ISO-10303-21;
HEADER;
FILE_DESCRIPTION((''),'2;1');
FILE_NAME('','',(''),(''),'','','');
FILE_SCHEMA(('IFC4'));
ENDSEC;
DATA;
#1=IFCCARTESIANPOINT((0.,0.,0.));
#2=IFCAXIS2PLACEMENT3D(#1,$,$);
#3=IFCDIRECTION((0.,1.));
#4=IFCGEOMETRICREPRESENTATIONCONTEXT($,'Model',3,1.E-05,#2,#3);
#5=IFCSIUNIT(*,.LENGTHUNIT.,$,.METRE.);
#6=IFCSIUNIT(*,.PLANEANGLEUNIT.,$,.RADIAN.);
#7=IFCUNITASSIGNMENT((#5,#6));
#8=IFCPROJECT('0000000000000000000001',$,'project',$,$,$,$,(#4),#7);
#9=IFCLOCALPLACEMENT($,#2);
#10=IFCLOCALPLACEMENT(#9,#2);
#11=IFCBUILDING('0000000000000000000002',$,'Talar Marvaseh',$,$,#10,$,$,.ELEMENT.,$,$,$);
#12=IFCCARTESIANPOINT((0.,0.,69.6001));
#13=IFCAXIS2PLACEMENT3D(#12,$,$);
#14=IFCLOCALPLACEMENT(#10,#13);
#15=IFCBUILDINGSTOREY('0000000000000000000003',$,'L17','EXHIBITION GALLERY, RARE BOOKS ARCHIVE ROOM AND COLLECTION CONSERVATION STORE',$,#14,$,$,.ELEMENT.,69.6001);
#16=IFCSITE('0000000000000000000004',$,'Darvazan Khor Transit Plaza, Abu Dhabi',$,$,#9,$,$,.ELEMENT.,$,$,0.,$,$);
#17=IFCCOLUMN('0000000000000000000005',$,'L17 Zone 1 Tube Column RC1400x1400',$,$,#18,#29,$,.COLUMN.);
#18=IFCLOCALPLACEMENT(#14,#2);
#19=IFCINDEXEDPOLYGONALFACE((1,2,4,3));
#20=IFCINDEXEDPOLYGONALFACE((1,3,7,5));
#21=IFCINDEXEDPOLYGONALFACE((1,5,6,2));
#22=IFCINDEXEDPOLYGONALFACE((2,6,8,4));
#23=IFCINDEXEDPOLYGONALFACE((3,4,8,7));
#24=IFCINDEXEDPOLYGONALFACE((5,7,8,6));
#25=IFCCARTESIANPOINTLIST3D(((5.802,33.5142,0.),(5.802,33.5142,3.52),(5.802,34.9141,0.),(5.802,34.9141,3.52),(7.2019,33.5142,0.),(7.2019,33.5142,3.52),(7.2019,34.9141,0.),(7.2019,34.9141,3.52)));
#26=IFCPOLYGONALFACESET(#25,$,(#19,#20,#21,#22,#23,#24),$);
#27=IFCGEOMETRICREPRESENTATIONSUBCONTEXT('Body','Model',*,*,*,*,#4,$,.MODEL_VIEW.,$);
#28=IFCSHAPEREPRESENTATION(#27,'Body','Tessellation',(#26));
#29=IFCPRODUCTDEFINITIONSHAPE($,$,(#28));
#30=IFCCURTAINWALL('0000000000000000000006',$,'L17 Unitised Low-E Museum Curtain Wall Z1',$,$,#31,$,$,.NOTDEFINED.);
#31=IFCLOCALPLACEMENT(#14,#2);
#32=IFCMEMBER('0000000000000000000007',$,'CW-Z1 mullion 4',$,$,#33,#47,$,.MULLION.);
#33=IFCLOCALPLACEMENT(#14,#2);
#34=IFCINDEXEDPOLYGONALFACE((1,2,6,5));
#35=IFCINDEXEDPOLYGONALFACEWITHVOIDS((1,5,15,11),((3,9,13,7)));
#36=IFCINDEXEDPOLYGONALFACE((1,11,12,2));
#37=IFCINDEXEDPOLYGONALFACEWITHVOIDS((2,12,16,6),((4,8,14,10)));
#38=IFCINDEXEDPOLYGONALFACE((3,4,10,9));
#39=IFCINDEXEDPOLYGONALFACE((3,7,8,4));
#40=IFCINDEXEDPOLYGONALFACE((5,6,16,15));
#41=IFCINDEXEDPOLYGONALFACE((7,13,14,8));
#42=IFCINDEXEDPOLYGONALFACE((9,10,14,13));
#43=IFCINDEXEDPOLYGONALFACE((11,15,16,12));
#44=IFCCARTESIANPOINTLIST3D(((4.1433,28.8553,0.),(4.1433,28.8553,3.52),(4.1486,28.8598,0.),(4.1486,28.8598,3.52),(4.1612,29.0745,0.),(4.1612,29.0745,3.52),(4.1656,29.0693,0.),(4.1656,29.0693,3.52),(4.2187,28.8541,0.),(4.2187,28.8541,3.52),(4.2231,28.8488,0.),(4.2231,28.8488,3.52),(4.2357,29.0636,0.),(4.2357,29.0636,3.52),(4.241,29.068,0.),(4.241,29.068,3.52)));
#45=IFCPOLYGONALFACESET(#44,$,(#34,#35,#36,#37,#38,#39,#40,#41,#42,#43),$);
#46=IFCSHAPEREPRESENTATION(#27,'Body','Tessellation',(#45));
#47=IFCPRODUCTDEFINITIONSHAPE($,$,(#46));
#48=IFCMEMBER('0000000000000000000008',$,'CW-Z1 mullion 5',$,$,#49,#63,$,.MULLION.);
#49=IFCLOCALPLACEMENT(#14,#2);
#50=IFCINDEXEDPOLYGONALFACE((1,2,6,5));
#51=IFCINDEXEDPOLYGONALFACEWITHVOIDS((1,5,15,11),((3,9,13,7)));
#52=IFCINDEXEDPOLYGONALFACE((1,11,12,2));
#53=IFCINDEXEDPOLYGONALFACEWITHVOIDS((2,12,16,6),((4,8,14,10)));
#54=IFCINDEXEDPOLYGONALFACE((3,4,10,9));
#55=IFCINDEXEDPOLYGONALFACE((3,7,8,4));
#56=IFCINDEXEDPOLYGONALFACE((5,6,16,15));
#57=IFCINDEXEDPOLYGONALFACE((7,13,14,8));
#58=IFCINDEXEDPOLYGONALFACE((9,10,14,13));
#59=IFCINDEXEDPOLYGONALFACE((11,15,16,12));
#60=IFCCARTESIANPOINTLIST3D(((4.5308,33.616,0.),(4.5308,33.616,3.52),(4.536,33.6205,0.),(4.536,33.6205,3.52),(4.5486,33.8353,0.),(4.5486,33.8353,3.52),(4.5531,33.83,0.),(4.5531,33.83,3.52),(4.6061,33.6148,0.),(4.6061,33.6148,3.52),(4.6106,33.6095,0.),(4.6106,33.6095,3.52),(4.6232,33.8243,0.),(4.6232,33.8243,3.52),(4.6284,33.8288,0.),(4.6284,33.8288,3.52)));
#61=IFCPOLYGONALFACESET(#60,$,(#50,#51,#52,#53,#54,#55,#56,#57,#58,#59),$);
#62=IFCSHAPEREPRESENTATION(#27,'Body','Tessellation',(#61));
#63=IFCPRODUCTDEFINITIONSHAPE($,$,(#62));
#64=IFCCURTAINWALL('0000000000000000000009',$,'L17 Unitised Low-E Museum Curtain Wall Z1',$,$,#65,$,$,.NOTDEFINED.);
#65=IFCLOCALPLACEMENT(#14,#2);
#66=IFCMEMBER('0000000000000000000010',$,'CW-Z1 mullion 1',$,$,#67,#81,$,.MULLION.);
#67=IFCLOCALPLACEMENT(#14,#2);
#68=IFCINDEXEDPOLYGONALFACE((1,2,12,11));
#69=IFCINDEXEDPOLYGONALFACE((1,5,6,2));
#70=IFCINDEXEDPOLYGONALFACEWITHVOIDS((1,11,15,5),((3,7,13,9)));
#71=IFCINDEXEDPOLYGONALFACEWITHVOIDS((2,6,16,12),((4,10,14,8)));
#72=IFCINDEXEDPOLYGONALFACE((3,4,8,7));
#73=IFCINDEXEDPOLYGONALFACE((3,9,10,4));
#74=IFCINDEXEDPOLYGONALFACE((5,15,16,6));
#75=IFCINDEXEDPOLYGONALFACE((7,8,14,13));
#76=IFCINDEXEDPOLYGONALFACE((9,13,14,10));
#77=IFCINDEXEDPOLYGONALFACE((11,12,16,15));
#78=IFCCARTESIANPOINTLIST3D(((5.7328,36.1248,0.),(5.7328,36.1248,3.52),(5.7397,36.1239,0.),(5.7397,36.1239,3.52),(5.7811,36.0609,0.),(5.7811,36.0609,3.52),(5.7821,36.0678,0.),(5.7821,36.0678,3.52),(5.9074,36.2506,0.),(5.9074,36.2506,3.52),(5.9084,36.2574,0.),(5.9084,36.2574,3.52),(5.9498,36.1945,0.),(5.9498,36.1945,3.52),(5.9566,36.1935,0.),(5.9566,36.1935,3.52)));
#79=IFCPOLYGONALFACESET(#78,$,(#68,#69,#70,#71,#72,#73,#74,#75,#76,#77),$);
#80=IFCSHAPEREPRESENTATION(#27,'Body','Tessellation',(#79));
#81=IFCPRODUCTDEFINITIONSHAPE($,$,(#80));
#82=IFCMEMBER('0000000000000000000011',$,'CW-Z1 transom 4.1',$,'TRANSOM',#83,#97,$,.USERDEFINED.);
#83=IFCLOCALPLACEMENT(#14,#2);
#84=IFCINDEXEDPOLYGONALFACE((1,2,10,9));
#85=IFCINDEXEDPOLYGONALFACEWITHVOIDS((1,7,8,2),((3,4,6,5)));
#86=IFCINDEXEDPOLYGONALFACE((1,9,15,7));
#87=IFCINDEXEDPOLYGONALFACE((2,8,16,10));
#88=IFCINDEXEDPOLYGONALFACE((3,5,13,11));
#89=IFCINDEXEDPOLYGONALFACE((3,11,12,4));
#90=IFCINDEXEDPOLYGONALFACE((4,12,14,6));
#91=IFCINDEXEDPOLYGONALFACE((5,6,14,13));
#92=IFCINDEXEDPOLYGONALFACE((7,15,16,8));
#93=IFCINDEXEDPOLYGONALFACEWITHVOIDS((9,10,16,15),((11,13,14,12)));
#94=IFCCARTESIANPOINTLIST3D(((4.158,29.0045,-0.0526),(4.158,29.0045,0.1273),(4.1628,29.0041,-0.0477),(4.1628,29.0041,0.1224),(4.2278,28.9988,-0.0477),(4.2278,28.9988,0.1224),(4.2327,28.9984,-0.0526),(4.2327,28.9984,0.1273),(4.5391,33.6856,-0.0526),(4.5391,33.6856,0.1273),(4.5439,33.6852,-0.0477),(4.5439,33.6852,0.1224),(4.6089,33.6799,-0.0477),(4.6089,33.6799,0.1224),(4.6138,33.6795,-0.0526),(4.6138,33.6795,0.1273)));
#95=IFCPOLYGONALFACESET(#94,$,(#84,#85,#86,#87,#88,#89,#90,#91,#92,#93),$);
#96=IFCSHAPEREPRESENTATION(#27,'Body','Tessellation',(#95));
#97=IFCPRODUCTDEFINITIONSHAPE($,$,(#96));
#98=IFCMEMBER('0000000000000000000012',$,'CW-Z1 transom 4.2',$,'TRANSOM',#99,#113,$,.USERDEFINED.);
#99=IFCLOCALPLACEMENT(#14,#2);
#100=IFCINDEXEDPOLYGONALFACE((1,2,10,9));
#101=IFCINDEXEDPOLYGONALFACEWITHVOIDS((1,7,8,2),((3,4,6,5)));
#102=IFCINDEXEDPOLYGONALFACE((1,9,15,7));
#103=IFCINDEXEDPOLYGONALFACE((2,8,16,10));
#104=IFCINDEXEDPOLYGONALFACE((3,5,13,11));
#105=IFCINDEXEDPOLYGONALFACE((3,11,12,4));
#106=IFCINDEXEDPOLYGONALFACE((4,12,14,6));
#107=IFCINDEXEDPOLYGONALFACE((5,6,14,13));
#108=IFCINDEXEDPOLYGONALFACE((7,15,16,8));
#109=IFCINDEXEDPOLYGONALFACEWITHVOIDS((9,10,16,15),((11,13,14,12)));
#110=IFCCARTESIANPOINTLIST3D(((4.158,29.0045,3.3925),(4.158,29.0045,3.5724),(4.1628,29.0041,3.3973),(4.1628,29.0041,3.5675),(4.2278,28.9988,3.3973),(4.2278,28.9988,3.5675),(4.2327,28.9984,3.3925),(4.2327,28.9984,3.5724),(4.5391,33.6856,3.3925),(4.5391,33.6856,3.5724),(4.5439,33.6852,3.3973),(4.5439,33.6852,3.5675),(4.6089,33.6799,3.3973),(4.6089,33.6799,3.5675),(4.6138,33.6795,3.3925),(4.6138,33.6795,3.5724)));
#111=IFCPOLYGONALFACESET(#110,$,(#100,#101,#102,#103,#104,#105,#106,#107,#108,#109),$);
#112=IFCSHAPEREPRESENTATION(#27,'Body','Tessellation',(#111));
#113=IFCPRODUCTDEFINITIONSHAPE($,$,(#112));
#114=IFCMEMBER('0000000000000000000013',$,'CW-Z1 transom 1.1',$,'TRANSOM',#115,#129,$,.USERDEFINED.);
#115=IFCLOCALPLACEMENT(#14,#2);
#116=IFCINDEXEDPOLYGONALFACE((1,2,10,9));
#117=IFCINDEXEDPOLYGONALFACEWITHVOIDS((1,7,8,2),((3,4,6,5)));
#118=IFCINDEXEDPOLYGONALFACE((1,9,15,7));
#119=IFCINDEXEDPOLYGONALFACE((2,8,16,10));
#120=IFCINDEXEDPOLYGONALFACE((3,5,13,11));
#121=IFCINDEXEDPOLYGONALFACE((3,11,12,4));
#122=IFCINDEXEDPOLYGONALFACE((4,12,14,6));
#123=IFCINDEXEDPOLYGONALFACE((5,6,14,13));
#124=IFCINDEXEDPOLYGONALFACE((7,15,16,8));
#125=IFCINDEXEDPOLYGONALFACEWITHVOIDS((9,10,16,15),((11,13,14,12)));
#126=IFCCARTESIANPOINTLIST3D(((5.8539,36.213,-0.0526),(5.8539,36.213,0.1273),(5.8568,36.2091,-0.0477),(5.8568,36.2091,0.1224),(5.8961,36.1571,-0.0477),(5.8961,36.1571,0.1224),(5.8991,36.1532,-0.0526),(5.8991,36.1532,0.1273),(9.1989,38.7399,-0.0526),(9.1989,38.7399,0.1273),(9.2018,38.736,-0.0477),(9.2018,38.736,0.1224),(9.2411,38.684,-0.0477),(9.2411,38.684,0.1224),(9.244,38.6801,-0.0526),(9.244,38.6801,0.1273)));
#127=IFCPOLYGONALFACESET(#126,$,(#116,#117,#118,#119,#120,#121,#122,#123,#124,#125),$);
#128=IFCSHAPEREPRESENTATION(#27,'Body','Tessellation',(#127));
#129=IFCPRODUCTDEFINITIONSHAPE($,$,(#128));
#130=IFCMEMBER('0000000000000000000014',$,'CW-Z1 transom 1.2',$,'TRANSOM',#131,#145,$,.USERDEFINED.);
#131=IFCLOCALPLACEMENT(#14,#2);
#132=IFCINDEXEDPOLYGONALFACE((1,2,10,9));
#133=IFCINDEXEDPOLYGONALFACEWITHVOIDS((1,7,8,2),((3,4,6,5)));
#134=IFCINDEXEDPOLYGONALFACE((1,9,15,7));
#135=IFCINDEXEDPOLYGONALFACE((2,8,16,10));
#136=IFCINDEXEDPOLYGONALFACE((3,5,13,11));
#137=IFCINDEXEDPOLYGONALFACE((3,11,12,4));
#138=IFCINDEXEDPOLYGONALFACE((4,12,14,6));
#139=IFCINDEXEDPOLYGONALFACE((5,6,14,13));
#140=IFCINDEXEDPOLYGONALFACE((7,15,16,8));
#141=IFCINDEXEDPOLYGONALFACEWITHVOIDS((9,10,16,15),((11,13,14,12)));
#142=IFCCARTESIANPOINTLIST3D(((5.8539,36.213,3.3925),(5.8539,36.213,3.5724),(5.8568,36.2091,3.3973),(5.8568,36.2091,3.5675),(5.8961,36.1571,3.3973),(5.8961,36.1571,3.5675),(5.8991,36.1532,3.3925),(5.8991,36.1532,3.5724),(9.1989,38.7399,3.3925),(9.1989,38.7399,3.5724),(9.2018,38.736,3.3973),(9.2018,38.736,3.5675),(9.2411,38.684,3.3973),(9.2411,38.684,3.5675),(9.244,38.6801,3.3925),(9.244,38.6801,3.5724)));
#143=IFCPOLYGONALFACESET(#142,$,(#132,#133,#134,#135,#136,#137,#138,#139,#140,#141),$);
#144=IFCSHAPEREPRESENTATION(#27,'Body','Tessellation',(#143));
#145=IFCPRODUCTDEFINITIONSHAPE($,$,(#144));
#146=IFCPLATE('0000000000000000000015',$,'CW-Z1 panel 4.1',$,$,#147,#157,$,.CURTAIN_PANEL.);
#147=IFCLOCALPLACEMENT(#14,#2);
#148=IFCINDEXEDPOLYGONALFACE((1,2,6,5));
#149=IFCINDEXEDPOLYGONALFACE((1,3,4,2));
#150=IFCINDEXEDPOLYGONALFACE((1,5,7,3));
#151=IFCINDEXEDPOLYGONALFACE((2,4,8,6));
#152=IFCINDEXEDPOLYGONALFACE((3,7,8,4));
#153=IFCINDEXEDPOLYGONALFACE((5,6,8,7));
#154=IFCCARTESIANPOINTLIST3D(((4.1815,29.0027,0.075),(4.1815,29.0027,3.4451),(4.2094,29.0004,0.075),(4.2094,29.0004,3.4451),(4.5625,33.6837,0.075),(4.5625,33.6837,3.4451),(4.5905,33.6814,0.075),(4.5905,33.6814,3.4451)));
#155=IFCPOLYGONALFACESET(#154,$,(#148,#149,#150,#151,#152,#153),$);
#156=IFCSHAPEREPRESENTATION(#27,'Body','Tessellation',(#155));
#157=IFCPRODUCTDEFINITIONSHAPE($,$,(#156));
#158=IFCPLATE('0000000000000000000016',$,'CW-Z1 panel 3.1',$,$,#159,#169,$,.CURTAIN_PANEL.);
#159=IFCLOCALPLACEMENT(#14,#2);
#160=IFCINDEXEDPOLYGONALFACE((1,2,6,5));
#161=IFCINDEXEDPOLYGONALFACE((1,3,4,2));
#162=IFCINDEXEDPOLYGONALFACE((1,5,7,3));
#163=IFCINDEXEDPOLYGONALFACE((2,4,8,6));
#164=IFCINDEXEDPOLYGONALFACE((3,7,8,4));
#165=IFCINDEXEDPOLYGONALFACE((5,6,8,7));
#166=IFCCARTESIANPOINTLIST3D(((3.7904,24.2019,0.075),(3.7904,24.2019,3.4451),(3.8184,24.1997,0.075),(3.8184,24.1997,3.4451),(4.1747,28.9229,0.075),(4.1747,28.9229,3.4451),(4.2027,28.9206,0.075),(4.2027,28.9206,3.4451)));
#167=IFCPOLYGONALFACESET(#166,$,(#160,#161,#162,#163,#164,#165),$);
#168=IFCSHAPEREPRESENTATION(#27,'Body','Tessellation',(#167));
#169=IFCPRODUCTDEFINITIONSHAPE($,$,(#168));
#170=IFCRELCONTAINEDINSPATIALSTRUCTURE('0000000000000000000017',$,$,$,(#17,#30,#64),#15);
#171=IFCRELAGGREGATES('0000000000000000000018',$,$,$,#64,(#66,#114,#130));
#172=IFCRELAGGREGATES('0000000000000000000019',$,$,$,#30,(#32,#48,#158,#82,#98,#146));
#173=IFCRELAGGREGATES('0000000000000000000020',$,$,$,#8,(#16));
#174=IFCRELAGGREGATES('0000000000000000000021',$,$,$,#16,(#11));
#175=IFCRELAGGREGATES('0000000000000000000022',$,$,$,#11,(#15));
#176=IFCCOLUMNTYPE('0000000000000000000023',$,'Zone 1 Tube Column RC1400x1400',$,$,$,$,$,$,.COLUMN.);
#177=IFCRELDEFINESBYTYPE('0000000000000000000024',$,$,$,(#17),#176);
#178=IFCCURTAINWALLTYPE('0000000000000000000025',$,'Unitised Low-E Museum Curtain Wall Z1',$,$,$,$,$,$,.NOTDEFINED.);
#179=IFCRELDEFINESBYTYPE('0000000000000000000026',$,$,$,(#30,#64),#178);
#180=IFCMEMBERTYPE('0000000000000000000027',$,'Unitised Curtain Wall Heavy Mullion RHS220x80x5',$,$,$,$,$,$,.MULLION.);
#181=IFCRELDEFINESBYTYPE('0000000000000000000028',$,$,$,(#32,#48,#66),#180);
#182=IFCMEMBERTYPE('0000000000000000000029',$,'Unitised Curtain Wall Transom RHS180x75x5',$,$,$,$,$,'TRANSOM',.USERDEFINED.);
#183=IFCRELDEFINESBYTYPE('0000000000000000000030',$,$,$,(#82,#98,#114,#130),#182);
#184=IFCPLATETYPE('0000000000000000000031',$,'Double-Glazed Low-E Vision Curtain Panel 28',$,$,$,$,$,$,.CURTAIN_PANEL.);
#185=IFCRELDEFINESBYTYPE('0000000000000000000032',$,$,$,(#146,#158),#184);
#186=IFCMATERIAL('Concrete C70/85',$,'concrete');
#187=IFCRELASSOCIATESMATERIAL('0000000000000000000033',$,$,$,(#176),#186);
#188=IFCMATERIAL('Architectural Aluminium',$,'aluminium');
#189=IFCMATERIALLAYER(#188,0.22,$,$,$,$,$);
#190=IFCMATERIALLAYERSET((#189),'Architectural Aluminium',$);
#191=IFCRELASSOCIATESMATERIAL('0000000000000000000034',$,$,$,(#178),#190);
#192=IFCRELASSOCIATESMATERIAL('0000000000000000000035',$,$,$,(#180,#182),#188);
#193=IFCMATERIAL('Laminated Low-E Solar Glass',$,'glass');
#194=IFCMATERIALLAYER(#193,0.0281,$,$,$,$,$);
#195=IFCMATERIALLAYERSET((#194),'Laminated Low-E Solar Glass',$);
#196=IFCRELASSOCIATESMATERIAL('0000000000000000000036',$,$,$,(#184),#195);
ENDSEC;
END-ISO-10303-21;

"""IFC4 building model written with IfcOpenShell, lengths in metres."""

from ifc_helpers import new_model, si_unit, direction, frame, origin, origin_2d, place, context, subcontext, project, spatial, rectangle, hollow_rectangle, extrude, source, transform, mapped, material, layer, layer_set, material_profile, profile_set, type_object, type_shapes, element, aggregate, save


model = new_model("IFC4")

# Units and contexts
model_context = context("Model", 3, precision=1e-05, world=origin(), true_north=direction((0.0, 1.0)))
body_context = subcontext(model_context, "Body", "Model", "MODEL_VIEW")
ifc_project = project(units=[si_unit("LENGTHUNIT", "METRE"), si_unit("PLANEANGLEUNIT", "RADIAN")], contexts=[model_context])

# Site, building, storey
site_placement = place(None, origin())
site = spatial("IfcSite", under=ifc_project, at=site_placement, Name="Darvazan Khor Transit Plaza, Abu Dhabi", CompositionType="ELEMENT", RefElevation=0.0)
building_placement = place(site_placement, origin())
building = spatial("IfcBuilding", under=site, at=building_placement, Name="Talar Marvaseh", CompositionType="ELEMENT")
storey_placement = place(building_placement, frame((0.0, 0.0, 69.6001)))
storey = spatial("IfcBuildingStorey", under=building, at=storey_placement, Name="L17", Description="EXHIBITION GALLERY, RARE BOOKS ARCHIVE ROOM AND COLLECTION CONSERVATION STORE", CompositionType="ELEMENT", Elevation=69.6001)

# Column
ifc_material_1 = material(Name="Concrete C70/85", Category="concrete")
ifc_material_profile_1 = material_profile(ifc_material_1, rectangle(XDim=1.3999, YDim=1.3999, at=origin_2d()), Name="RC1400x1400")
ifc_profile_set_1 = profile_set([ifc_material_profile_1], Name="Concrete C70/85")
column_type = type_object("IfcColumnType", Name="Zone 1 Tube Column RC1400x1400", PredefinedType="COLUMN", material=ifc_profile_set_1)
column_placement = place(storey_placement, frame((6.502, 34.2141, 0.0), z_axis=(0.0, 0.0, 1.0), x_axis=(1.0, 0.0, 0.0)))
element("IfcColumn", 1, at=column_placement, inside=storey, type_object=column_type, Name="L17 Zone 1 Tube Column RC1400x1400", PredefinedType="COLUMN", context=body_context, shape_type="SweptSolid", body=[
    extrude(rectangle(XDim=1.3999, YDim=1.3999, at=origin_2d()), origin(), (0.0, 0.0, 1.0), 3.52),
])

# Curtain wall, members
ifc_material_2 = material(Name="Architectural Aluminium", Category="aluminium")
ifc_layer_1 = layer(ifc_material_2, 0.22)
ifc_layer_set_1 = layer_set([ifc_layer_1], Name="Architectural Aluminium")
curtain_wall_type = type_object("IfcCurtainWallType", Name="Unitised Low-E Museum Curtain Wall Z1", PredefinedType="NOTDEFINED", material=ifc_layer_set_1)
curtain_wall_1_placement = place(storey_placement, origin())
curtain_wall_1 = element("IfcCurtainWall", 2, at=curtain_wall_1_placement, inside=storey, type_object=curtain_wall_type, Name="L17 Unitised Low-E Museum Curtain Wall Z1", PredefinedType="NOTDEFINED")
ifc_material_profile_2 = material_profile(ifc_material_2, hollow_rectangle(XDim=0.0801, YDim=0.22, WallThickness=0.0049, at=origin_2d()), Name="RHS220x80x5")
ifc_profile_set_2 = profile_set([ifc_material_profile_2], Name="Architectural Aluminium")
member_type_1 = type_object("IfcMemberType", Name="Unitised Curtain Wall Heavy Mullion RHS220x80x5", PredefinedType="MULLION", material=ifc_profile_set_2)
shared_shape_1 = source(origin(), body_context, "Body", "SweptSolid", [
    extrude(hollow_rectangle(XDim=0.0801, YDim=0.22, WallThickness=0.0049, at=origin_2d()), origin(), (0.0, 0.0, 1.0), 3.52),
])
type_shapes(member_type_1, [shared_shape_1])
member_1_placement = place(storey_placement, frame((4.1921, 28.9617, 0.0), z_axis=(0.0, 0.0, 1.0), x_axis=(-0.996703, 0.081136, 0.0)))
member_1 = element("IfcMember", 3, at=member_1_placement, type_object=member_type_1, Name="CW-Z1 mullion 4", PredefinedType="MULLION", context=body_context, shape_type="MappedRepresentation", body=[
    mapped(shared_shape_1, transform((0.0, 0.0, 0.0), x_axis=(1.0, 0.0, 0.0), y_axis=(0.0, 1.0, 0.0), z_axis=(0.0, 0.0, 1.0), scale=1.0)),
])
member_2_placement = place(storey_placement, frame((4.5796, 33.7224, 0.0), z_axis=(0.0, 0.0, 1.0), x_axis=(-0.996703, 0.081136, 0.0)))
member_2 = element("IfcMember", 4, at=member_2_placement, type_object=member_type_1, Name="CW-Z1 mullion 5", PredefinedType="MULLION", context=body_context, shape_type="MappedRepresentation", body=[
    mapped(shared_shape_1, transform((0.0, 0.0, 0.0), x_axis=(1.0, 0.0, 0.0), y_axis=(0.0, 1.0, 0.0), z_axis=(0.0, 0.0, 1.0), scale=1.0)),
])

# Curtain wall, member
curtain_wall_2_placement = place(storey_placement, origin())
curtain_wall_2 = element("IfcCurtainWall", 5, at=curtain_wall_2_placement, inside=storey, type_object=curtain_wall_type, Name="L17 Unitised Low-E Museum Curtain Wall Z1", PredefinedType="NOTDEFINED")
member_3_placement = place(storey_placement, frame((5.8447, 36.1592, 0.0), z_axis=(0.0, 0.0, 1.0), x_axis=(-0.602763, 0.79792, 0.0)))
member_3 = element("IfcMember", 6, at=member_3_placement, type_object=member_type_1, Name="CW-Z1 mullion 1", PredefinedType="MULLION", context=body_context, shape_type="MappedRepresentation", body=[
    mapped(shared_shape_1, transform((0.0, 0.0, 0.0), x_axis=(1.0, 0.0, 0.0), y_axis=(0.0, 1.0, 0.0), z_axis=(0.0, 0.0, 1.0), scale=1.0)),
])

# Members
ifc_material_profile_3 = material_profile(ifc_material_2, hollow_rectangle(XDim=0.075, YDim=0.1799, WallThickness=0.0049, at=origin_2d()), Name="RHS180x75x5")
ifc_profile_set_3 = profile_set([ifc_material_profile_3], Name="Architectural Aluminium")
member_type_2 = type_object("IfcMemberType", Name="Unitised Curtain Wall Transom RHS180x75x5", ElementType="TRANSOM", PredefinedType="USERDEFINED", material=ifc_profile_set_3)
shared_shape_2 = source(origin(), body_context, "Body", "SweptSolid", [
    extrude(hollow_rectangle(XDim=0.075, YDim=0.1799, WallThickness=0.0049, at=origin_2d()), origin(), (0.0, 0.0, 1.0), 4.6965),
])
member_4_placement = place(storey_placement, frame((4.1953, 29.0015, 0.0374), z_axis=(0.081144, 0.996702, 0.0), x_axis=(-0.996702, 0.081144, 0.0)))
member_4 = element("IfcMember", 7, at=member_4_placement, type_object=member_type_2, Name="CW-Z1 transom 4.1", ObjectType="TRANSOM", PredefinedType="USERDEFINED", context=body_context, shape_type="MappedRepresentation", body=[
    mapped(shared_shape_2, transform((0.0, 0.0, 0.0), x_axis=(1.0, 0.0, 0.0), y_axis=(0.0, 1.0, 0.0), z_axis=(0.0, 0.0, 1.0), scale=1.0)),
])
member_5_placement = place(storey_placement, frame((4.1953, 29.0015, 3.4824), z_axis=(0.081144, 0.996702, 0.0), x_axis=(-0.996702, 0.081144, 0.0)))
member_5 = element("IfcMember", 8, at=member_5_placement, type_object=member_type_2, Name="CW-Z1 transom 4.2", ObjectType="TRANSOM", PredefinedType="USERDEFINED", context=body_context, shape_type="MappedRepresentation", body=[
    mapped(shared_shape_2, transform((0.0, 0.0, 0.0), x_axis=(1.0, 0.0, 0.0), y_axis=(0.0, 1.0, 0.0), z_axis=(0.0, 0.0, 1.0), scale=1.0)),
])
shared_shape_3 = source(origin(), body_context, "Body", "SweptSolid", [
    extrude(hollow_rectangle(XDim=0.075, YDim=0.1799, WallThickness=0.0049, at=origin_2d()), origin(), (0.0, 0.0, 1.0), 4.1921),
])
type_shapes(member_type_2, [shared_shape_2, shared_shape_3])
member_6_placement = place(storey_placement, frame((5.8765, 36.1831, 0.0374), z_axis=(0.79792, 0.602764, 0.0), x_axis=(-0.602764, 0.79792, 0.0)))
member_6 = element("IfcMember", 9, at=member_6_placement, type_object=member_type_2, Name="CW-Z1 transom 1.1", ObjectType="TRANSOM", PredefinedType="USERDEFINED", context=body_context, shape_type="MappedRepresentation", body=[
    mapped(shared_shape_3, transform((0.0, 0.0, 0.0), x_axis=(1.0, 0.0, 0.0), y_axis=(0.0, 1.0, 0.0), z_axis=(0.0, 0.0, 1.0), scale=1.0)),
])
member_7_placement = place(storey_placement, frame((5.8765, 36.1831, 3.4824), z_axis=(0.79792, 0.602764, 0.0), x_axis=(-0.602764, 0.79792, 0.0)))
member_7 = element("IfcMember", 10, at=member_7_placement, type_object=member_type_2, Name="CW-Z1 transom 1.2", ObjectType="TRANSOM", PredefinedType="USERDEFINED", context=body_context, shape_type="MappedRepresentation", body=[
    mapped(shared_shape_3, transform((0.0, 0.0, 0.0), x_axis=(1.0, 0.0, 0.0), y_axis=(0.0, 1.0, 0.0), z_axis=(0.0, 0.0, 1.0), scale=1.0)),
])
aggregate(curtain_wall_2, [member_3, member_6, member_7])

# Plates
ifc_material_3 = material(Name="Laminated Low-E Solar Glass", Category="glass")
ifc_layer_2 = layer(ifc_material_3, 0.0281)
ifc_layer_set_2 = layer_set([ifc_layer_2], Name="Laminated Low-E Solar Glass")
plate_type = type_object("IfcPlateType", Name="Double-Glazed Low-E Vision Curtain Panel 28", PredefinedType="CURTAIN_PANEL", material=ifc_layer_set_2)
shared_shape_4 = source(origin(), body_context, "Body", "SweptSolid", [
    extrude(rectangle(XDim=4.6965, YDim=0.0281, at=origin_2d()), origin(), (0.0, 0.0, 1.0), 3.3701),
])
plate_1_placement = place(storey_placement, frame((4.386, 31.342, 0.075), z_axis=(0.0, 0.0, 1.0), x_axis=(0.081136, 0.996703, 0.0)))
plate_1 = element("IfcPlate", 11, at=plate_1_placement, type_object=plate_type, Name="CW-Z1 panel 4.1", PredefinedType="CURTAIN_PANEL", context=body_context, shape_type="MappedRepresentation", body=[
    mapped(shared_shape_4, transform((0.0, 0.0, 0.0), x_axis=(1.0, 0.0, 0.0), y_axis=(0.0, 1.0, 0.0), z_axis=(0.0, 0.0, 1.0), scale=1.0)),
])
shared_shape_5 = source(origin(), body_context, "Body", "SweptSolid", [
    extrude(rectangle(XDim=4.7366, YDim=0.0281, at=origin_2d()), origin(), (0.0, 0.0, 1.0), 3.3701),
])
type_shapes(plate_type, [shared_shape_4, shared_shape_5])
plate_2_placement = place(storey_placement, frame((3.9966, 26.5613, 0.075), z_axis=(0.0, 0.0, 1.0), x_axis=(0.081136, 0.996703, 0.0)))
plate_2 = element("IfcPlate", 12, at=plate_2_placement, type_object=plate_type, Name="CW-Z1 panel 3.1", PredefinedType="CURTAIN_PANEL", context=body_context, shape_type="MappedRepresentation", body=[
    mapped(shared_shape_5, transform((0.0, 0.0, 0.0), x_axis=(1.0, 0.0, 0.0), y_axis=(0.0, 1.0, 0.0), z_axis=(0.0, 0.0, 1.0), scale=1.0)),
])
aggregate(curtain_wall_1, [member_1, member_2, plate_2, member_4, member_5, plate_1])

save(model, "model.ifc")
